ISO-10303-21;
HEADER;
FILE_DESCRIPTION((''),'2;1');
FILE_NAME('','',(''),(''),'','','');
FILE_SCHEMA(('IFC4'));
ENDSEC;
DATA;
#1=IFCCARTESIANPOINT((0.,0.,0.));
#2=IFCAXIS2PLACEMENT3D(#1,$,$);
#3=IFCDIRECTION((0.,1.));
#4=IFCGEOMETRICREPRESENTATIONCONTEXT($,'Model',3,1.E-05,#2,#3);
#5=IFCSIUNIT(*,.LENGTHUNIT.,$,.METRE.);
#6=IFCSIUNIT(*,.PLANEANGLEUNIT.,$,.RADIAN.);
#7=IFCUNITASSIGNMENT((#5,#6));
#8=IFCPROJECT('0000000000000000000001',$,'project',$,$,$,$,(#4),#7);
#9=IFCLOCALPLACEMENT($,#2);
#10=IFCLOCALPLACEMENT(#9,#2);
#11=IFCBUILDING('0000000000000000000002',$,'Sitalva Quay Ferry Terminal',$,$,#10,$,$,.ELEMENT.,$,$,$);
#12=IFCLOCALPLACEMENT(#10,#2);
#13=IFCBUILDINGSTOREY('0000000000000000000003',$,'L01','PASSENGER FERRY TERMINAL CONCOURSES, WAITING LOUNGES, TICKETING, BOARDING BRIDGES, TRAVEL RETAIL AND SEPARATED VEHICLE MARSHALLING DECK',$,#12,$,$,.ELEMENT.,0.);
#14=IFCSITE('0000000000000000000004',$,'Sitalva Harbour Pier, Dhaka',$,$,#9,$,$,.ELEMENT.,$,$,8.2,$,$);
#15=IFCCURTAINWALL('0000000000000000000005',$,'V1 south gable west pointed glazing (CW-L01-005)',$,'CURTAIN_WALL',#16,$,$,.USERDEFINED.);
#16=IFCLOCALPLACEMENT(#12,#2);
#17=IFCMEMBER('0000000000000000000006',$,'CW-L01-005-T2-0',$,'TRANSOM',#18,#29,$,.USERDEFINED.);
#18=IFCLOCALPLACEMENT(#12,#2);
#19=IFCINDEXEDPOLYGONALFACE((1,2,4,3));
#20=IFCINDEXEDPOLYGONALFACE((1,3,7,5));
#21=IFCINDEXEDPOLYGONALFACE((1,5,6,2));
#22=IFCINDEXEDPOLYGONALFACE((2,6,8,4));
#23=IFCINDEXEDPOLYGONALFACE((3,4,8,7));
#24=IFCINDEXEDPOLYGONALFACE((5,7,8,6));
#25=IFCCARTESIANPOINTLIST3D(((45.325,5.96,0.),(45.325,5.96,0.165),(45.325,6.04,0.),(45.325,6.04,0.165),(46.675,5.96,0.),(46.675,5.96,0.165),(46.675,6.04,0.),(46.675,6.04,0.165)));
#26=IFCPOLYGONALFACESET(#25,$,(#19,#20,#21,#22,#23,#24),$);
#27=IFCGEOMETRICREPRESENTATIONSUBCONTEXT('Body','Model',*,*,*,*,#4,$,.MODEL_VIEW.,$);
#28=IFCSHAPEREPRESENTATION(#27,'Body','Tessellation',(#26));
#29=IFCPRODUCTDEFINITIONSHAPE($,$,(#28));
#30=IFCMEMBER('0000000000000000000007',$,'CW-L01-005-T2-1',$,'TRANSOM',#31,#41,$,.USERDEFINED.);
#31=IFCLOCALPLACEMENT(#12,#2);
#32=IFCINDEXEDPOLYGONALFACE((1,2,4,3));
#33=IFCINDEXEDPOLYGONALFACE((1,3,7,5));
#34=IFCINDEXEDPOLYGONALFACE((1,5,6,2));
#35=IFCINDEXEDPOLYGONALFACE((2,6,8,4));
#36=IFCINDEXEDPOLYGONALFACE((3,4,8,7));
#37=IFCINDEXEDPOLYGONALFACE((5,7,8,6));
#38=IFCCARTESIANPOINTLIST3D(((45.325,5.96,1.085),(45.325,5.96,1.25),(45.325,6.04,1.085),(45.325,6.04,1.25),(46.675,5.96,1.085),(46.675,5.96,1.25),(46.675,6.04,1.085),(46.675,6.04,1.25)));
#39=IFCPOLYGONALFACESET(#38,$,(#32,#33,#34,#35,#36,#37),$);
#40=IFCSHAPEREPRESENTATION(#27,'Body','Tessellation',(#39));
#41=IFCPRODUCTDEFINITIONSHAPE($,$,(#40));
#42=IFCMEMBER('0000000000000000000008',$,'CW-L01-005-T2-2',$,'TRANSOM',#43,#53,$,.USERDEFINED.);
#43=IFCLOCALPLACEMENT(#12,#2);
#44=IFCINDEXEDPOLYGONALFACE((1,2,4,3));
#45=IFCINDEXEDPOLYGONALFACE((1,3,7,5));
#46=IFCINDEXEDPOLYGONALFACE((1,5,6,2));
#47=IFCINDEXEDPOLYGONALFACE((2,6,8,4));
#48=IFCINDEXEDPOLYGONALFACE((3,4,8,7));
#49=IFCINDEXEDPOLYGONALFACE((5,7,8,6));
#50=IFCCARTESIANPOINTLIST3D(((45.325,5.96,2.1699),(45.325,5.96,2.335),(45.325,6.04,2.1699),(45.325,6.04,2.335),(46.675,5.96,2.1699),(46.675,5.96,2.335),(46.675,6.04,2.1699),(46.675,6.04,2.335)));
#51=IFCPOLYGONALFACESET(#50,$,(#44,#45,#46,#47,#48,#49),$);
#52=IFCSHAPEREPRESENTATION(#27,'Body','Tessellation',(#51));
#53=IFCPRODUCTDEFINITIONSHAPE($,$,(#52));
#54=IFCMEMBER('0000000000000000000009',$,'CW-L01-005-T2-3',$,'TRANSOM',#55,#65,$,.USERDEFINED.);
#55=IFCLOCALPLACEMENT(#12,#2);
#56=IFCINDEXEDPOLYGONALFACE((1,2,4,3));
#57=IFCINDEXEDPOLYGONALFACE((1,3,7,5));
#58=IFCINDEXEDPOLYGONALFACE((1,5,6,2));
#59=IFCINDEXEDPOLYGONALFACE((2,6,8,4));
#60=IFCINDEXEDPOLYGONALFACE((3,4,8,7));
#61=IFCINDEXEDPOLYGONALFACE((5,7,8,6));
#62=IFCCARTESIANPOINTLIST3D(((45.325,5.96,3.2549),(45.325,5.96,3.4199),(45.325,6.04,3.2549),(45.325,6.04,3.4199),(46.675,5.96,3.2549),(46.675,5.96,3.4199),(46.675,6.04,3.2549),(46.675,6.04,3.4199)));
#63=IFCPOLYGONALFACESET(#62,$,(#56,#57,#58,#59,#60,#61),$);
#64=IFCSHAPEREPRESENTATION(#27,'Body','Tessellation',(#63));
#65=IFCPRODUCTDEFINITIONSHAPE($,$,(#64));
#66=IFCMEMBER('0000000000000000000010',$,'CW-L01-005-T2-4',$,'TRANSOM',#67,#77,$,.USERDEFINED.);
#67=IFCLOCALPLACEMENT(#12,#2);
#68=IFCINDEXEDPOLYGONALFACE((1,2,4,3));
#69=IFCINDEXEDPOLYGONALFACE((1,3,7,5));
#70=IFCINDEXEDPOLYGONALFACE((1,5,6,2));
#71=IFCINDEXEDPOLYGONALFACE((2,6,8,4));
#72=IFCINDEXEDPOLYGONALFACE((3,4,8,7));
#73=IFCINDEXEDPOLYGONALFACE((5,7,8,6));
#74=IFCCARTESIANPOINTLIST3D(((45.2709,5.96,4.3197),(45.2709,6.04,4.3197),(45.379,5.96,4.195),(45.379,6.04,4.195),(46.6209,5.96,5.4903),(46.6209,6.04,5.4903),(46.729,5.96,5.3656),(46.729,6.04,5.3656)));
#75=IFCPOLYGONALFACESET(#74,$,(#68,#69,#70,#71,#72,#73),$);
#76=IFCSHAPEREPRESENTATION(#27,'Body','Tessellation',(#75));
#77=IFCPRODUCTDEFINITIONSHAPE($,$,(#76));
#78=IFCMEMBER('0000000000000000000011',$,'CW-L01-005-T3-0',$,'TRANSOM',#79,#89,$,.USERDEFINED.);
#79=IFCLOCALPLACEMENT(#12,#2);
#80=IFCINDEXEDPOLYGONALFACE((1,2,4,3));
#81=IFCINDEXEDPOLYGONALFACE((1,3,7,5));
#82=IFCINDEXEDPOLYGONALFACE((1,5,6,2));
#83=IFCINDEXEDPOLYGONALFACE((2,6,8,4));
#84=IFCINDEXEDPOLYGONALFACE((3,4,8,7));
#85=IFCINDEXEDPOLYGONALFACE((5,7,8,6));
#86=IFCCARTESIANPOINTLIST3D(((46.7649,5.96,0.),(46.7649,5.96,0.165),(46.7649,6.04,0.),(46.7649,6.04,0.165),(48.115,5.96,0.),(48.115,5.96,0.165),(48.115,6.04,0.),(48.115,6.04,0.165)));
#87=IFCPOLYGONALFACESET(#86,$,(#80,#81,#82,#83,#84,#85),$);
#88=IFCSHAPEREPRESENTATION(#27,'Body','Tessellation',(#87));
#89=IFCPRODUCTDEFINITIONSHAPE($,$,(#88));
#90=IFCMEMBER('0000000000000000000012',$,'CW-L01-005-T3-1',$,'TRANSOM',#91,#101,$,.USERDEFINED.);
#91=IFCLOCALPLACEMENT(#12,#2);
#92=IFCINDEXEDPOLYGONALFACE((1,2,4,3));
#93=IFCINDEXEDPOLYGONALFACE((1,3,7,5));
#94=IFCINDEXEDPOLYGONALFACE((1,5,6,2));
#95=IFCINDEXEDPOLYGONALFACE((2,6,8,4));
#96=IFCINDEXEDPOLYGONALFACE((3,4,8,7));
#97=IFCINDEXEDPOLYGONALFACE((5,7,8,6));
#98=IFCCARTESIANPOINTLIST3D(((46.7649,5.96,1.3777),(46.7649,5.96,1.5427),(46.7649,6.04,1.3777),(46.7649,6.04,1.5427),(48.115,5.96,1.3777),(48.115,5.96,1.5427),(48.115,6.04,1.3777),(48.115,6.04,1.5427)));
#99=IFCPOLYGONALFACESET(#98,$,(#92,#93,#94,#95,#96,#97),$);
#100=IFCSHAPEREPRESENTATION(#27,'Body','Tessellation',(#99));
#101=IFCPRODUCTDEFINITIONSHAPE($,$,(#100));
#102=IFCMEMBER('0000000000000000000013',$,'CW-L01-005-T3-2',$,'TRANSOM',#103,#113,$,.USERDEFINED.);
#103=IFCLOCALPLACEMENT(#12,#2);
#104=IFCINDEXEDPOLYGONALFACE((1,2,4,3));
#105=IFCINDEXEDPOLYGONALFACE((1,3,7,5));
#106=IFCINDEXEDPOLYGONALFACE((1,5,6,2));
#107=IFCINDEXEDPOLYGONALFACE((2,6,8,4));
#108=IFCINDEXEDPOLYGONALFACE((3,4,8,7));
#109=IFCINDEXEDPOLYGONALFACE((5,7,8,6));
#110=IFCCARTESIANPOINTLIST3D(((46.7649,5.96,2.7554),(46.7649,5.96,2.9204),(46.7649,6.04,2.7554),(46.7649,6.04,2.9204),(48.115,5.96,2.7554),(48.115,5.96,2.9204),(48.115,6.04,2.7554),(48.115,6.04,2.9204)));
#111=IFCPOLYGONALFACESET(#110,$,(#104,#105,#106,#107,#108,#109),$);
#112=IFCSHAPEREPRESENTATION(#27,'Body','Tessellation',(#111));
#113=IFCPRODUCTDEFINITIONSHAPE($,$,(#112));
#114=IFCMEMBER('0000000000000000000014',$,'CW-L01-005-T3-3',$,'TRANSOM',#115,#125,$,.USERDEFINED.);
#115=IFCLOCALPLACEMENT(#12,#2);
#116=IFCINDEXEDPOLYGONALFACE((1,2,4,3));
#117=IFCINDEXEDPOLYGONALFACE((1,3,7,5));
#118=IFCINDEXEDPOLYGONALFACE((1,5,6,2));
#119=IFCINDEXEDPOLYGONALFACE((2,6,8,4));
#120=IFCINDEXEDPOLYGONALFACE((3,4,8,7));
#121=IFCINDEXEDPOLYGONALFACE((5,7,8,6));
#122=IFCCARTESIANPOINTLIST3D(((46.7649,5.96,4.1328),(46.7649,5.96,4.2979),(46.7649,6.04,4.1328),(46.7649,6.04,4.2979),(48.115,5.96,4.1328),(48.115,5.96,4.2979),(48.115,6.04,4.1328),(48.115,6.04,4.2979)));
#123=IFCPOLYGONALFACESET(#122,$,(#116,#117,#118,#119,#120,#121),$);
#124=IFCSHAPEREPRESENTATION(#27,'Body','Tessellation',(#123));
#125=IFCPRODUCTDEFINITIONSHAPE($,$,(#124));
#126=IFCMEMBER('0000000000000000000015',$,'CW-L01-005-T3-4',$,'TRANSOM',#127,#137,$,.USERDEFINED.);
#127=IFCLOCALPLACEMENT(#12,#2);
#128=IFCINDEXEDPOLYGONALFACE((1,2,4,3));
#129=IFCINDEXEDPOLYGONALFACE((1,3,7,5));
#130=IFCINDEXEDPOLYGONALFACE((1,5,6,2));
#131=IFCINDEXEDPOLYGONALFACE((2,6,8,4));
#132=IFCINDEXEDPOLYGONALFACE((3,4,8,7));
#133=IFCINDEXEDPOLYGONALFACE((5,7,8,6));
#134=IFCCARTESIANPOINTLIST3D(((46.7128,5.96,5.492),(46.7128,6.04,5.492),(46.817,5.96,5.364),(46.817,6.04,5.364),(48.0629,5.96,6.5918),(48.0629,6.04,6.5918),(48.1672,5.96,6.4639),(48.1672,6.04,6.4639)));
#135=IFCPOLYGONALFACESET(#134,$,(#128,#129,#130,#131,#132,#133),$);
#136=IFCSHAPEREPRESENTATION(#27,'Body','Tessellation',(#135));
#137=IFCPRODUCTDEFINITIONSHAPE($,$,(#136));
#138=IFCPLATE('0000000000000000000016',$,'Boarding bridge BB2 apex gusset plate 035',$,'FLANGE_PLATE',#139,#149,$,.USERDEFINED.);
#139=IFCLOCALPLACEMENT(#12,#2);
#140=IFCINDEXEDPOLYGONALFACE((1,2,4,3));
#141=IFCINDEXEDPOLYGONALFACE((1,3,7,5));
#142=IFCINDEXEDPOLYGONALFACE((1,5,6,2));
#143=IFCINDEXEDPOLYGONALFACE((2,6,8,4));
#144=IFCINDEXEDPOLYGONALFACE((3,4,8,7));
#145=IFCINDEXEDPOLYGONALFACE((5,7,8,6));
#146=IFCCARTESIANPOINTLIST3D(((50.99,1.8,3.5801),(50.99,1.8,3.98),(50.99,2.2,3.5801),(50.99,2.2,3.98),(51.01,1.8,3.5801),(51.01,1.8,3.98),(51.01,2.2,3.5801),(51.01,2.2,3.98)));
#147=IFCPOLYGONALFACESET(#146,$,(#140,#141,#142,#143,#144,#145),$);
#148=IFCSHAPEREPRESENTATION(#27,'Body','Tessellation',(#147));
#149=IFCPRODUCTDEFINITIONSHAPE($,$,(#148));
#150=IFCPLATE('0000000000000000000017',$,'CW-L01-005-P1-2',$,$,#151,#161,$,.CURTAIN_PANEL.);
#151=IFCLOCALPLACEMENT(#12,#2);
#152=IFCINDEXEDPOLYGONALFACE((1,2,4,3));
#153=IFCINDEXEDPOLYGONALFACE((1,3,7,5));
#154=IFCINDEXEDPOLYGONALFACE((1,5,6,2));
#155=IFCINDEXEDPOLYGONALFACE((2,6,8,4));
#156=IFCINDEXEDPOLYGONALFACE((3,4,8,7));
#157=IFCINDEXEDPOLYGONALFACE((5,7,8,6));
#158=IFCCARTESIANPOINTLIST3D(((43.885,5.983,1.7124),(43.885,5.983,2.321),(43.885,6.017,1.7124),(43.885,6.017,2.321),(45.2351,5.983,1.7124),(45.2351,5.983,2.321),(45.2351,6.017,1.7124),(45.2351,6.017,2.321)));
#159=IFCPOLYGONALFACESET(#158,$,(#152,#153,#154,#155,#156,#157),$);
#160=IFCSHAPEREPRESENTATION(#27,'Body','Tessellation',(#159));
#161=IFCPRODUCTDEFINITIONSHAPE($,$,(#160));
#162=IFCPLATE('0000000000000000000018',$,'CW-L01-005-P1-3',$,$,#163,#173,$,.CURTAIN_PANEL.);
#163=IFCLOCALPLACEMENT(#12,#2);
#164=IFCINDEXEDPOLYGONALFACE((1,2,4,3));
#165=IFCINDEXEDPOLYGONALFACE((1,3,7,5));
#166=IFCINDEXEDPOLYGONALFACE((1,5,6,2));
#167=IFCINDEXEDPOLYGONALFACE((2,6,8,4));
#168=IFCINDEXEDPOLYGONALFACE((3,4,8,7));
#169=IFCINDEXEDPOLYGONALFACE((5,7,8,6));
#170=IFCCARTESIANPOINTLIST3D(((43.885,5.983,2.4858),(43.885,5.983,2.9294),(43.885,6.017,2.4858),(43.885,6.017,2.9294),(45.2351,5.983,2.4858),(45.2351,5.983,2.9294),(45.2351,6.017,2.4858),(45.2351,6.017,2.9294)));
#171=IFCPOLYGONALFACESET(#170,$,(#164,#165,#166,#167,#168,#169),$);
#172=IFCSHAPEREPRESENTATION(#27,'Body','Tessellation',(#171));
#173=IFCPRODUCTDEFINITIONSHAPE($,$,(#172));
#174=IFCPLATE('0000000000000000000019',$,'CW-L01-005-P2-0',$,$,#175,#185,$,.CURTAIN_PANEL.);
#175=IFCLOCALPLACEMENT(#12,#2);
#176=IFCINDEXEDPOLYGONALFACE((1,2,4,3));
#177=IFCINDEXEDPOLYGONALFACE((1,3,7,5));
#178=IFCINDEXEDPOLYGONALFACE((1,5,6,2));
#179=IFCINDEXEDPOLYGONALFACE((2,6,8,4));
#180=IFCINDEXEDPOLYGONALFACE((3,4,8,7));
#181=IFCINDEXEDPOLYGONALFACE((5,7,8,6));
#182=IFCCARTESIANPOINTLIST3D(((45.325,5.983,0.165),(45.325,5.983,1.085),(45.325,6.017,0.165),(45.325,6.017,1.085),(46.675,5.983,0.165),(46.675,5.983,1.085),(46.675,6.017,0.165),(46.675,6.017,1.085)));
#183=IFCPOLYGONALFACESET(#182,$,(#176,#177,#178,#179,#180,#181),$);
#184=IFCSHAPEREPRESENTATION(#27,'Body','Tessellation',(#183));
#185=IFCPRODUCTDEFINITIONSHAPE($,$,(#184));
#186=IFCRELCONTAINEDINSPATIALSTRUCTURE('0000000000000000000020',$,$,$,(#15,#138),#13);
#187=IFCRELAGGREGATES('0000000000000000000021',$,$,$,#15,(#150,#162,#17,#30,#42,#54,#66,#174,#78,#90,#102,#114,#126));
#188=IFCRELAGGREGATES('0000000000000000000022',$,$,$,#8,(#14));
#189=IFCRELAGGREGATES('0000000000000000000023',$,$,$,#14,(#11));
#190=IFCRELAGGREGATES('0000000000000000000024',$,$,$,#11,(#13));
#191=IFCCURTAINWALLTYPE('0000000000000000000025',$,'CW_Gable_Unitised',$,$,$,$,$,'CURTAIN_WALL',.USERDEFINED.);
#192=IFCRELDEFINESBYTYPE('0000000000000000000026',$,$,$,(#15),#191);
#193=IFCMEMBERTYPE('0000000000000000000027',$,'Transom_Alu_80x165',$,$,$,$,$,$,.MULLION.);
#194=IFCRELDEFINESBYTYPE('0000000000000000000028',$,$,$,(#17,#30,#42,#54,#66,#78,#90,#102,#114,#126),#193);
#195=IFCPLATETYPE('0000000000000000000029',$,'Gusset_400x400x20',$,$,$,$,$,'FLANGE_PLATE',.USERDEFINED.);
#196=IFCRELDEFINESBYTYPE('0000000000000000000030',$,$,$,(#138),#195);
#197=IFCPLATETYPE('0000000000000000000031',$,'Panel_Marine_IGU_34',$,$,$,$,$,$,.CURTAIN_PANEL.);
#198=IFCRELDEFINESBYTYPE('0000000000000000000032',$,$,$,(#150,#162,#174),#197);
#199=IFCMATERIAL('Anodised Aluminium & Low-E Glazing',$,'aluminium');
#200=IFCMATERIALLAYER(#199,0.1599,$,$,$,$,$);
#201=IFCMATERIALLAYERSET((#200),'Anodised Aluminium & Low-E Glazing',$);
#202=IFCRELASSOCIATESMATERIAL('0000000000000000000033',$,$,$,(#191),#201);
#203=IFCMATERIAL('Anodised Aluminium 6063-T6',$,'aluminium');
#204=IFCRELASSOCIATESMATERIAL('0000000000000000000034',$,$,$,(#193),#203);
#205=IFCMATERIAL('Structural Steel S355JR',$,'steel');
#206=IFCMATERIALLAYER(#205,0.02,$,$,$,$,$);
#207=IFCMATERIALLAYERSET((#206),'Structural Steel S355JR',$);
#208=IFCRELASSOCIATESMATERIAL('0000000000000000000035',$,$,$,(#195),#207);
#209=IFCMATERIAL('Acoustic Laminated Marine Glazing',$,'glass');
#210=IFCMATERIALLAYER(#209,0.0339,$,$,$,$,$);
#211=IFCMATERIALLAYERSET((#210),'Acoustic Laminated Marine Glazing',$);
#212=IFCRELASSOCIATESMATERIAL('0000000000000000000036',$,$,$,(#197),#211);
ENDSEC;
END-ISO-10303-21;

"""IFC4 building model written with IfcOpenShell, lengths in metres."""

from ifc_helpers import new_model, si_unit, direction, frame, origin, origin_2d, place, context, subcontext, project, spatial, rectangle, extrude, material, layer, layer_set, material_profile, profile_set, type_object, element, aggregate, save


model = new_model("IFC4")

# Units and contexts
model_context = context("Model", 3, precision=1e-05, world=origin(), true_north=direction((0.0, 1.0)))
body_context = subcontext(model_context, "Body", "Model", "MODEL_VIEW")
ifc_project = project(units=[si_unit("LENGTHUNIT", "METRE"), si_unit("PLANEANGLEUNIT", "RADIAN")], contexts=[model_context])

# Site, building, storey
site_placement = place(None, origin())
site = spatial("IfcSite", under=ifc_project, at=site_placement, Name="Sitalva Harbour Pier, Dhaka", CompositionType="ELEMENT", RefElevation=8.2)
building_placement = place(site_placement, origin())
building = spatial("IfcBuilding", under=site, at=building_placement, Name="Sitalva Quay Ferry Terminal", CompositionType="ELEMENT")
storey_placement = place(building_placement, origin())
storey = spatial("IfcBuildingStorey", under=building, at=storey_placement, Name="L01", Description="PASSENGER FERRY TERMINAL CONCOURSES, WAITING LOUNGES, TICKETING, BOARDING BRIDGES, TRAVEL RETAIL AND SEPARATED VEHICLE MARSHALLING DECK", CompositionType="ELEMENT", Elevation=0.0)

# Curtain wall
ifc_material_1 = material(Name="Anodised Aluminium & Low-E Glazing", Category="aluminium")
ifc_layer_1 = layer(ifc_material_1, 0.1599)
ifc_layer_set_1 = layer_set([ifc_layer_1], Name="Anodised Aluminium & Low-E Glazing")
curtain_wall_type = type_object("IfcCurtainWallType", Name="CW_Gable_Unitised", ElementType="CURTAIN_WALL", PredefinedType="USERDEFINED", material=ifc_layer_set_1)
curtain_wall_placement = place(storey_placement, origin())
curtain_wall = element("IfcCurtainWall", 1, at=curtain_wall_placement, inside=storey, type_object=curtain_wall_type, Name="V1 south gable west pointed glazing (CW-L01-005)", ObjectType="CURTAIN_WALL", PredefinedType="USERDEFINED")

# Members
ifc_material_2 = material(Name="Anodised Aluminium 6063-T6", Category="aluminium")
ifc_material_profile_1 = material_profile(ifc_material_2, rectangle(XDim=0.0801, YDim=0.165, at=origin_2d()), Name="ALU80x165")
ifc_profile_set_1 = profile_set([ifc_material_profile_1], Name="Anodised Aluminium 6063-T6")
member_type_1 = type_object("IfcMemberType", Name="Transom_Alu_80x165", PredefinedType="MULLION", material=ifc_profile_set_1)
member_1_placement = place(storey_placement, frame((45.325, 6.0, 0.0825), z_axis=(1.0, 0.0, 0.0), x_axis=(0.0, 1.0, 0.0)))
member_1 = element("IfcMember", 2, at=member_1_placement, type_object=member_type_1, Name="CW-L01-005-T2-0", ObjectType="TRANSOM", PredefinedType="USERDEFINED", context=body_context, shape_type="SweptSolid", body=[
    extrude(rectangle(XDim=0.0801, YDim=0.165, at=origin_2d()), origin(), (0.0, 0.0, 1.0), 1.3501),
])
member_2_placement = place(storey_placement, frame((45.325, 6.0, 1.1675), z_axis=(1.0, 0.0, 0.0), x_axis=(0.0, 1.0, 0.0)))
member_2 = element("IfcMember", 3, at=member_2_placement, type_object=member_type_1, Name="CW-L01-005-T2-1", ObjectType="TRANSOM", PredefinedType="USERDEFINED", context=body_context, shape_type="SweptSolid", body=[
    extrude(rectangle(XDim=0.0801, YDim=0.165, at=origin_2d()), origin(), (0.0, 0.0, 1.0), 1.3501),
])
member_3_placement = place(storey_placement, frame((45.325, 6.0, 2.2524), z_axis=(1.0, 0.0, 0.0), x_axis=(0.0, 1.0, 0.0)))
member_3 = element("IfcMember", 4, at=member_3_placement, type_object=member_type_1, Name="CW-L01-005-T2-2", ObjectType="TRANSOM", PredefinedType="USERDEFINED", context=body_context, shape_type="SweptSolid", body=[
    extrude(rectangle(XDim=0.0801, YDim=0.165, at=origin_2d()), origin(), (0.0, 0.0, 1.0), 1.3501),
])
member_4_placement = place(storey_placement, frame((45.325, 6.0, 3.3374), z_axis=(1.0, 0.0, 0.0), x_axis=(0.0, 1.0, 0.0)))
member_4 = element("IfcMember", 5, at=member_4_placement, type_object=member_type_1, Name="CW-L01-005-T2-3", ObjectType="TRANSOM", PredefinedType="USERDEFINED", context=body_context, shape_type="SweptSolid", body=[
    extrude(rectangle(XDim=0.0801, YDim=0.165, at=origin_2d()), origin(), (0.0, 0.0, 1.0), 1.3501),
])
member_5_placement = place(storey_placement, frame((45.325, 6.0, 4.2573), z_axis=(0.755531, 0.0, 0.655113), x_axis=(0.0, 1.0, 0.0)))
member_5 = element("IfcMember", 6, at=member_5_placement, type_object=member_type_1, Name="CW-L01-005-T2-4", ObjectType="TRANSOM", PredefinedType="USERDEFINED", context=body_context, shape_type="SweptSolid", body=[
    extrude(rectangle(XDim=0.0801, YDim=0.165, at=origin_2d()), origin(), (0.0, 0.0, 1.0), 1.7869),
])
member_6_placement = place(storey_placement, frame((46.7649, 6.0, 0.0825), z_axis=(1.0, 0.0, 0.0), x_axis=(0.0, 1.0, 0.0)))
member_6 = element("IfcMember", 7, at=member_6_placement, type_object=member_type_1, Name="CW-L01-005-T3-0", ObjectType="TRANSOM", PredefinedType="USERDEFINED", context=body_context, shape_type="SweptSolid", body=[
    extrude(rectangle(XDim=0.0801, YDim=0.165, at=origin_2d()), origin(), (0.0, 0.0, 1.0), 1.3501),
])
member_7_placement = place(storey_placement, frame((46.7649, 6.0, 1.4602), z_axis=(1.0, 0.0, 0.0), x_axis=(0.0, 1.0, 0.0)))
member_7 = element("IfcMember", 8, at=member_7_placement, type_object=member_type_1, Name="CW-L01-005-T3-1", ObjectType="TRANSOM", PredefinedType="USERDEFINED", context=body_context, shape_type="SweptSolid", body=[
    extrude(rectangle(XDim=0.0801, YDim=0.165, at=origin_2d()), origin(), (0.0, 0.0, 1.0), 1.3501),
])
member_8_placement = place(storey_placement, frame((46.7649, 6.0, 2.8379), z_axis=(1.0, 0.0, 0.0), x_axis=(0.0, 1.0, 0.0)))
member_8 = element("IfcMember", 9, at=member_8_placement, type_object=member_type_1, Name="CW-L01-005-T3-2", ObjectType="TRANSOM", PredefinedType="USERDEFINED", context=body_context, shape_type="SweptSolid", body=[
    extrude(rectangle(XDim=0.0801, YDim=0.165, at=origin_2d()), origin(), (0.0, 0.0, 1.0), 1.3501),
])
member_9_placement = place(storey_placement, frame((46.7649, 6.0, 4.2153), z_axis=(1.0, 0.0, 0.0), x_axis=(0.0, 1.0, 0.0)))
member_9 = element("IfcMember", 10, at=member_9_placement, type_object=member_type_1, Name="CW-L01-005-T3-3", ObjectType="TRANSOM", PredefinedType="USERDEFINED", context=body_context, shape_type="SweptSolid", body=[
    extrude(rectangle(XDim=0.0801, YDim=0.165, at=origin_2d()), origin(), (0.0, 0.0, 1.0), 1.3501),
])
member_10_placement = place(storey_placement, frame((46.7649, 6.0, 5.428), z_axis=(0.775299, 0.0, 0.631595), x_axis=(0.0, 1.0, 0.0)))
member_10 = element("IfcMember", 11, at=member_10_placement, type_object=member_type_1, Name="CW-L01-005-T3-4", ObjectType="TRANSOM", PredefinedType="USERDEFINED", context=body_context, shape_type="SweptSolid", body=[
    extrude(rectangle(XDim=0.0801, YDim=0.165, at=origin_2d()), origin(), (0.0, 0.0, 1.0), 1.7415),
])

# Plates
ifc_material_3 = material(Name="Structural Steel S355JR", Category="steel")
ifc_layer_2 = layer(ifc_material_3, 0.02)
ifc_layer_set_2 = layer_set([ifc_layer_2], Name="Structural Steel S355JR")
plate_type_1 = type_object("IfcPlateType", Name="Gusset_400x400x20", ElementType="FLANGE_PLATE", PredefinedType="USERDEFINED", material=ifc_layer_set_2)
plate_1_placement = place(storey_placement, frame((51.0, 2.0, 3.5801), z_axis=(0.0, 0.0, 1.0), x_axis=(1.0, 0.0, 0.0)))
element("IfcPlate", 12, at=plate_1_placement, inside=storey, type_object=plate_type_1, Name="Boarding bridge BB2 apex gusset plate 035", ObjectType="FLANGE_PLATE", PredefinedType="USERDEFINED", context=body_context, shape_type="SweptSolid", body=[
    extrude(rectangle(XDim=0.02, YDim=0.3999, at=origin_2d()), origin(), (0.0, 0.0, 1.0), 0.3999),
])
ifc_material_4 = material(Name="Acoustic Laminated Marine Glazing", Category="glass")
ifc_layer_3 = layer(ifc_material_4, 0.0339)
ifc_layer_set_3 = layer_set([ifc_layer_3], Name="Acoustic Laminated Marine Glazing")
plate_type_2 = type_object("IfcPlateType", Name="Panel_Marine_IGU_34", PredefinedType="CURTAIN_PANEL", material=ifc_layer_set_3)
plate_2_placement = place(storey_placement, frame((44.5601, 6.0, 1.7124), z_axis=(0.0, 0.0, 1.0), x_axis=(1.0, 0.0, 0.0)))
plate_2 = element("IfcPlate", 13, at=plate_2_placement, type_object=plate_type_2, Name="CW-L01-005-P1-2", PredefinedType="CURTAIN_PANEL", context=body_context, shape_type="SweptSolid", body=[
    extrude(rectangle(XDim=1.3501, YDim=0.0339, at=origin_2d()), origin(), (0.0, 0.0, 1.0), 0.6086),
])
plate_3_placement = place(storey_placement, frame((44.5601, 6.0, 2.4858), z_axis=(0.0, 0.0, 1.0), x_axis=(1.0, 0.0, 0.0)))
plate_3 = element("IfcPlate", 14, at=plate_3_placement, type_object=plate_type_2, Name="CW-L01-005-P1-3", PredefinedType="CURTAIN_PANEL", context=body_context, shape_type="SweptSolid", body=[
    extrude(rectangle(XDim=1.3501, YDim=0.0339, at=origin_2d()), origin(), (0.0, 0.0, 1.0), 0.4436),
])
plate_4_placement = place(storey_placement, frame((46.0, 6.0, 0.165), z_axis=(0.0, 0.0, 1.0), x_axis=(1.0, 0.0, 0.0)))
plate_4 = element("IfcPlate", 15, at=plate_4_placement, type_object=plate_type_2, Name="CW-L01-005-P2-0", PredefinedType="CURTAIN_PANEL", context=body_context, shape_type="SweptSolid", body=[
    extrude(rectangle(XDim=1.3501, YDim=0.0339, at=origin_2d()), origin(), (0.0, 0.0, 1.0), 0.9199),
])
aggregate(curtain_wall, [plate_2, plate_3, member_1, member_2, member_3, member_4, member_5, plate_4, member_6, member_7, member_8, member_9, member_10])

save(model, "model.ifc")
